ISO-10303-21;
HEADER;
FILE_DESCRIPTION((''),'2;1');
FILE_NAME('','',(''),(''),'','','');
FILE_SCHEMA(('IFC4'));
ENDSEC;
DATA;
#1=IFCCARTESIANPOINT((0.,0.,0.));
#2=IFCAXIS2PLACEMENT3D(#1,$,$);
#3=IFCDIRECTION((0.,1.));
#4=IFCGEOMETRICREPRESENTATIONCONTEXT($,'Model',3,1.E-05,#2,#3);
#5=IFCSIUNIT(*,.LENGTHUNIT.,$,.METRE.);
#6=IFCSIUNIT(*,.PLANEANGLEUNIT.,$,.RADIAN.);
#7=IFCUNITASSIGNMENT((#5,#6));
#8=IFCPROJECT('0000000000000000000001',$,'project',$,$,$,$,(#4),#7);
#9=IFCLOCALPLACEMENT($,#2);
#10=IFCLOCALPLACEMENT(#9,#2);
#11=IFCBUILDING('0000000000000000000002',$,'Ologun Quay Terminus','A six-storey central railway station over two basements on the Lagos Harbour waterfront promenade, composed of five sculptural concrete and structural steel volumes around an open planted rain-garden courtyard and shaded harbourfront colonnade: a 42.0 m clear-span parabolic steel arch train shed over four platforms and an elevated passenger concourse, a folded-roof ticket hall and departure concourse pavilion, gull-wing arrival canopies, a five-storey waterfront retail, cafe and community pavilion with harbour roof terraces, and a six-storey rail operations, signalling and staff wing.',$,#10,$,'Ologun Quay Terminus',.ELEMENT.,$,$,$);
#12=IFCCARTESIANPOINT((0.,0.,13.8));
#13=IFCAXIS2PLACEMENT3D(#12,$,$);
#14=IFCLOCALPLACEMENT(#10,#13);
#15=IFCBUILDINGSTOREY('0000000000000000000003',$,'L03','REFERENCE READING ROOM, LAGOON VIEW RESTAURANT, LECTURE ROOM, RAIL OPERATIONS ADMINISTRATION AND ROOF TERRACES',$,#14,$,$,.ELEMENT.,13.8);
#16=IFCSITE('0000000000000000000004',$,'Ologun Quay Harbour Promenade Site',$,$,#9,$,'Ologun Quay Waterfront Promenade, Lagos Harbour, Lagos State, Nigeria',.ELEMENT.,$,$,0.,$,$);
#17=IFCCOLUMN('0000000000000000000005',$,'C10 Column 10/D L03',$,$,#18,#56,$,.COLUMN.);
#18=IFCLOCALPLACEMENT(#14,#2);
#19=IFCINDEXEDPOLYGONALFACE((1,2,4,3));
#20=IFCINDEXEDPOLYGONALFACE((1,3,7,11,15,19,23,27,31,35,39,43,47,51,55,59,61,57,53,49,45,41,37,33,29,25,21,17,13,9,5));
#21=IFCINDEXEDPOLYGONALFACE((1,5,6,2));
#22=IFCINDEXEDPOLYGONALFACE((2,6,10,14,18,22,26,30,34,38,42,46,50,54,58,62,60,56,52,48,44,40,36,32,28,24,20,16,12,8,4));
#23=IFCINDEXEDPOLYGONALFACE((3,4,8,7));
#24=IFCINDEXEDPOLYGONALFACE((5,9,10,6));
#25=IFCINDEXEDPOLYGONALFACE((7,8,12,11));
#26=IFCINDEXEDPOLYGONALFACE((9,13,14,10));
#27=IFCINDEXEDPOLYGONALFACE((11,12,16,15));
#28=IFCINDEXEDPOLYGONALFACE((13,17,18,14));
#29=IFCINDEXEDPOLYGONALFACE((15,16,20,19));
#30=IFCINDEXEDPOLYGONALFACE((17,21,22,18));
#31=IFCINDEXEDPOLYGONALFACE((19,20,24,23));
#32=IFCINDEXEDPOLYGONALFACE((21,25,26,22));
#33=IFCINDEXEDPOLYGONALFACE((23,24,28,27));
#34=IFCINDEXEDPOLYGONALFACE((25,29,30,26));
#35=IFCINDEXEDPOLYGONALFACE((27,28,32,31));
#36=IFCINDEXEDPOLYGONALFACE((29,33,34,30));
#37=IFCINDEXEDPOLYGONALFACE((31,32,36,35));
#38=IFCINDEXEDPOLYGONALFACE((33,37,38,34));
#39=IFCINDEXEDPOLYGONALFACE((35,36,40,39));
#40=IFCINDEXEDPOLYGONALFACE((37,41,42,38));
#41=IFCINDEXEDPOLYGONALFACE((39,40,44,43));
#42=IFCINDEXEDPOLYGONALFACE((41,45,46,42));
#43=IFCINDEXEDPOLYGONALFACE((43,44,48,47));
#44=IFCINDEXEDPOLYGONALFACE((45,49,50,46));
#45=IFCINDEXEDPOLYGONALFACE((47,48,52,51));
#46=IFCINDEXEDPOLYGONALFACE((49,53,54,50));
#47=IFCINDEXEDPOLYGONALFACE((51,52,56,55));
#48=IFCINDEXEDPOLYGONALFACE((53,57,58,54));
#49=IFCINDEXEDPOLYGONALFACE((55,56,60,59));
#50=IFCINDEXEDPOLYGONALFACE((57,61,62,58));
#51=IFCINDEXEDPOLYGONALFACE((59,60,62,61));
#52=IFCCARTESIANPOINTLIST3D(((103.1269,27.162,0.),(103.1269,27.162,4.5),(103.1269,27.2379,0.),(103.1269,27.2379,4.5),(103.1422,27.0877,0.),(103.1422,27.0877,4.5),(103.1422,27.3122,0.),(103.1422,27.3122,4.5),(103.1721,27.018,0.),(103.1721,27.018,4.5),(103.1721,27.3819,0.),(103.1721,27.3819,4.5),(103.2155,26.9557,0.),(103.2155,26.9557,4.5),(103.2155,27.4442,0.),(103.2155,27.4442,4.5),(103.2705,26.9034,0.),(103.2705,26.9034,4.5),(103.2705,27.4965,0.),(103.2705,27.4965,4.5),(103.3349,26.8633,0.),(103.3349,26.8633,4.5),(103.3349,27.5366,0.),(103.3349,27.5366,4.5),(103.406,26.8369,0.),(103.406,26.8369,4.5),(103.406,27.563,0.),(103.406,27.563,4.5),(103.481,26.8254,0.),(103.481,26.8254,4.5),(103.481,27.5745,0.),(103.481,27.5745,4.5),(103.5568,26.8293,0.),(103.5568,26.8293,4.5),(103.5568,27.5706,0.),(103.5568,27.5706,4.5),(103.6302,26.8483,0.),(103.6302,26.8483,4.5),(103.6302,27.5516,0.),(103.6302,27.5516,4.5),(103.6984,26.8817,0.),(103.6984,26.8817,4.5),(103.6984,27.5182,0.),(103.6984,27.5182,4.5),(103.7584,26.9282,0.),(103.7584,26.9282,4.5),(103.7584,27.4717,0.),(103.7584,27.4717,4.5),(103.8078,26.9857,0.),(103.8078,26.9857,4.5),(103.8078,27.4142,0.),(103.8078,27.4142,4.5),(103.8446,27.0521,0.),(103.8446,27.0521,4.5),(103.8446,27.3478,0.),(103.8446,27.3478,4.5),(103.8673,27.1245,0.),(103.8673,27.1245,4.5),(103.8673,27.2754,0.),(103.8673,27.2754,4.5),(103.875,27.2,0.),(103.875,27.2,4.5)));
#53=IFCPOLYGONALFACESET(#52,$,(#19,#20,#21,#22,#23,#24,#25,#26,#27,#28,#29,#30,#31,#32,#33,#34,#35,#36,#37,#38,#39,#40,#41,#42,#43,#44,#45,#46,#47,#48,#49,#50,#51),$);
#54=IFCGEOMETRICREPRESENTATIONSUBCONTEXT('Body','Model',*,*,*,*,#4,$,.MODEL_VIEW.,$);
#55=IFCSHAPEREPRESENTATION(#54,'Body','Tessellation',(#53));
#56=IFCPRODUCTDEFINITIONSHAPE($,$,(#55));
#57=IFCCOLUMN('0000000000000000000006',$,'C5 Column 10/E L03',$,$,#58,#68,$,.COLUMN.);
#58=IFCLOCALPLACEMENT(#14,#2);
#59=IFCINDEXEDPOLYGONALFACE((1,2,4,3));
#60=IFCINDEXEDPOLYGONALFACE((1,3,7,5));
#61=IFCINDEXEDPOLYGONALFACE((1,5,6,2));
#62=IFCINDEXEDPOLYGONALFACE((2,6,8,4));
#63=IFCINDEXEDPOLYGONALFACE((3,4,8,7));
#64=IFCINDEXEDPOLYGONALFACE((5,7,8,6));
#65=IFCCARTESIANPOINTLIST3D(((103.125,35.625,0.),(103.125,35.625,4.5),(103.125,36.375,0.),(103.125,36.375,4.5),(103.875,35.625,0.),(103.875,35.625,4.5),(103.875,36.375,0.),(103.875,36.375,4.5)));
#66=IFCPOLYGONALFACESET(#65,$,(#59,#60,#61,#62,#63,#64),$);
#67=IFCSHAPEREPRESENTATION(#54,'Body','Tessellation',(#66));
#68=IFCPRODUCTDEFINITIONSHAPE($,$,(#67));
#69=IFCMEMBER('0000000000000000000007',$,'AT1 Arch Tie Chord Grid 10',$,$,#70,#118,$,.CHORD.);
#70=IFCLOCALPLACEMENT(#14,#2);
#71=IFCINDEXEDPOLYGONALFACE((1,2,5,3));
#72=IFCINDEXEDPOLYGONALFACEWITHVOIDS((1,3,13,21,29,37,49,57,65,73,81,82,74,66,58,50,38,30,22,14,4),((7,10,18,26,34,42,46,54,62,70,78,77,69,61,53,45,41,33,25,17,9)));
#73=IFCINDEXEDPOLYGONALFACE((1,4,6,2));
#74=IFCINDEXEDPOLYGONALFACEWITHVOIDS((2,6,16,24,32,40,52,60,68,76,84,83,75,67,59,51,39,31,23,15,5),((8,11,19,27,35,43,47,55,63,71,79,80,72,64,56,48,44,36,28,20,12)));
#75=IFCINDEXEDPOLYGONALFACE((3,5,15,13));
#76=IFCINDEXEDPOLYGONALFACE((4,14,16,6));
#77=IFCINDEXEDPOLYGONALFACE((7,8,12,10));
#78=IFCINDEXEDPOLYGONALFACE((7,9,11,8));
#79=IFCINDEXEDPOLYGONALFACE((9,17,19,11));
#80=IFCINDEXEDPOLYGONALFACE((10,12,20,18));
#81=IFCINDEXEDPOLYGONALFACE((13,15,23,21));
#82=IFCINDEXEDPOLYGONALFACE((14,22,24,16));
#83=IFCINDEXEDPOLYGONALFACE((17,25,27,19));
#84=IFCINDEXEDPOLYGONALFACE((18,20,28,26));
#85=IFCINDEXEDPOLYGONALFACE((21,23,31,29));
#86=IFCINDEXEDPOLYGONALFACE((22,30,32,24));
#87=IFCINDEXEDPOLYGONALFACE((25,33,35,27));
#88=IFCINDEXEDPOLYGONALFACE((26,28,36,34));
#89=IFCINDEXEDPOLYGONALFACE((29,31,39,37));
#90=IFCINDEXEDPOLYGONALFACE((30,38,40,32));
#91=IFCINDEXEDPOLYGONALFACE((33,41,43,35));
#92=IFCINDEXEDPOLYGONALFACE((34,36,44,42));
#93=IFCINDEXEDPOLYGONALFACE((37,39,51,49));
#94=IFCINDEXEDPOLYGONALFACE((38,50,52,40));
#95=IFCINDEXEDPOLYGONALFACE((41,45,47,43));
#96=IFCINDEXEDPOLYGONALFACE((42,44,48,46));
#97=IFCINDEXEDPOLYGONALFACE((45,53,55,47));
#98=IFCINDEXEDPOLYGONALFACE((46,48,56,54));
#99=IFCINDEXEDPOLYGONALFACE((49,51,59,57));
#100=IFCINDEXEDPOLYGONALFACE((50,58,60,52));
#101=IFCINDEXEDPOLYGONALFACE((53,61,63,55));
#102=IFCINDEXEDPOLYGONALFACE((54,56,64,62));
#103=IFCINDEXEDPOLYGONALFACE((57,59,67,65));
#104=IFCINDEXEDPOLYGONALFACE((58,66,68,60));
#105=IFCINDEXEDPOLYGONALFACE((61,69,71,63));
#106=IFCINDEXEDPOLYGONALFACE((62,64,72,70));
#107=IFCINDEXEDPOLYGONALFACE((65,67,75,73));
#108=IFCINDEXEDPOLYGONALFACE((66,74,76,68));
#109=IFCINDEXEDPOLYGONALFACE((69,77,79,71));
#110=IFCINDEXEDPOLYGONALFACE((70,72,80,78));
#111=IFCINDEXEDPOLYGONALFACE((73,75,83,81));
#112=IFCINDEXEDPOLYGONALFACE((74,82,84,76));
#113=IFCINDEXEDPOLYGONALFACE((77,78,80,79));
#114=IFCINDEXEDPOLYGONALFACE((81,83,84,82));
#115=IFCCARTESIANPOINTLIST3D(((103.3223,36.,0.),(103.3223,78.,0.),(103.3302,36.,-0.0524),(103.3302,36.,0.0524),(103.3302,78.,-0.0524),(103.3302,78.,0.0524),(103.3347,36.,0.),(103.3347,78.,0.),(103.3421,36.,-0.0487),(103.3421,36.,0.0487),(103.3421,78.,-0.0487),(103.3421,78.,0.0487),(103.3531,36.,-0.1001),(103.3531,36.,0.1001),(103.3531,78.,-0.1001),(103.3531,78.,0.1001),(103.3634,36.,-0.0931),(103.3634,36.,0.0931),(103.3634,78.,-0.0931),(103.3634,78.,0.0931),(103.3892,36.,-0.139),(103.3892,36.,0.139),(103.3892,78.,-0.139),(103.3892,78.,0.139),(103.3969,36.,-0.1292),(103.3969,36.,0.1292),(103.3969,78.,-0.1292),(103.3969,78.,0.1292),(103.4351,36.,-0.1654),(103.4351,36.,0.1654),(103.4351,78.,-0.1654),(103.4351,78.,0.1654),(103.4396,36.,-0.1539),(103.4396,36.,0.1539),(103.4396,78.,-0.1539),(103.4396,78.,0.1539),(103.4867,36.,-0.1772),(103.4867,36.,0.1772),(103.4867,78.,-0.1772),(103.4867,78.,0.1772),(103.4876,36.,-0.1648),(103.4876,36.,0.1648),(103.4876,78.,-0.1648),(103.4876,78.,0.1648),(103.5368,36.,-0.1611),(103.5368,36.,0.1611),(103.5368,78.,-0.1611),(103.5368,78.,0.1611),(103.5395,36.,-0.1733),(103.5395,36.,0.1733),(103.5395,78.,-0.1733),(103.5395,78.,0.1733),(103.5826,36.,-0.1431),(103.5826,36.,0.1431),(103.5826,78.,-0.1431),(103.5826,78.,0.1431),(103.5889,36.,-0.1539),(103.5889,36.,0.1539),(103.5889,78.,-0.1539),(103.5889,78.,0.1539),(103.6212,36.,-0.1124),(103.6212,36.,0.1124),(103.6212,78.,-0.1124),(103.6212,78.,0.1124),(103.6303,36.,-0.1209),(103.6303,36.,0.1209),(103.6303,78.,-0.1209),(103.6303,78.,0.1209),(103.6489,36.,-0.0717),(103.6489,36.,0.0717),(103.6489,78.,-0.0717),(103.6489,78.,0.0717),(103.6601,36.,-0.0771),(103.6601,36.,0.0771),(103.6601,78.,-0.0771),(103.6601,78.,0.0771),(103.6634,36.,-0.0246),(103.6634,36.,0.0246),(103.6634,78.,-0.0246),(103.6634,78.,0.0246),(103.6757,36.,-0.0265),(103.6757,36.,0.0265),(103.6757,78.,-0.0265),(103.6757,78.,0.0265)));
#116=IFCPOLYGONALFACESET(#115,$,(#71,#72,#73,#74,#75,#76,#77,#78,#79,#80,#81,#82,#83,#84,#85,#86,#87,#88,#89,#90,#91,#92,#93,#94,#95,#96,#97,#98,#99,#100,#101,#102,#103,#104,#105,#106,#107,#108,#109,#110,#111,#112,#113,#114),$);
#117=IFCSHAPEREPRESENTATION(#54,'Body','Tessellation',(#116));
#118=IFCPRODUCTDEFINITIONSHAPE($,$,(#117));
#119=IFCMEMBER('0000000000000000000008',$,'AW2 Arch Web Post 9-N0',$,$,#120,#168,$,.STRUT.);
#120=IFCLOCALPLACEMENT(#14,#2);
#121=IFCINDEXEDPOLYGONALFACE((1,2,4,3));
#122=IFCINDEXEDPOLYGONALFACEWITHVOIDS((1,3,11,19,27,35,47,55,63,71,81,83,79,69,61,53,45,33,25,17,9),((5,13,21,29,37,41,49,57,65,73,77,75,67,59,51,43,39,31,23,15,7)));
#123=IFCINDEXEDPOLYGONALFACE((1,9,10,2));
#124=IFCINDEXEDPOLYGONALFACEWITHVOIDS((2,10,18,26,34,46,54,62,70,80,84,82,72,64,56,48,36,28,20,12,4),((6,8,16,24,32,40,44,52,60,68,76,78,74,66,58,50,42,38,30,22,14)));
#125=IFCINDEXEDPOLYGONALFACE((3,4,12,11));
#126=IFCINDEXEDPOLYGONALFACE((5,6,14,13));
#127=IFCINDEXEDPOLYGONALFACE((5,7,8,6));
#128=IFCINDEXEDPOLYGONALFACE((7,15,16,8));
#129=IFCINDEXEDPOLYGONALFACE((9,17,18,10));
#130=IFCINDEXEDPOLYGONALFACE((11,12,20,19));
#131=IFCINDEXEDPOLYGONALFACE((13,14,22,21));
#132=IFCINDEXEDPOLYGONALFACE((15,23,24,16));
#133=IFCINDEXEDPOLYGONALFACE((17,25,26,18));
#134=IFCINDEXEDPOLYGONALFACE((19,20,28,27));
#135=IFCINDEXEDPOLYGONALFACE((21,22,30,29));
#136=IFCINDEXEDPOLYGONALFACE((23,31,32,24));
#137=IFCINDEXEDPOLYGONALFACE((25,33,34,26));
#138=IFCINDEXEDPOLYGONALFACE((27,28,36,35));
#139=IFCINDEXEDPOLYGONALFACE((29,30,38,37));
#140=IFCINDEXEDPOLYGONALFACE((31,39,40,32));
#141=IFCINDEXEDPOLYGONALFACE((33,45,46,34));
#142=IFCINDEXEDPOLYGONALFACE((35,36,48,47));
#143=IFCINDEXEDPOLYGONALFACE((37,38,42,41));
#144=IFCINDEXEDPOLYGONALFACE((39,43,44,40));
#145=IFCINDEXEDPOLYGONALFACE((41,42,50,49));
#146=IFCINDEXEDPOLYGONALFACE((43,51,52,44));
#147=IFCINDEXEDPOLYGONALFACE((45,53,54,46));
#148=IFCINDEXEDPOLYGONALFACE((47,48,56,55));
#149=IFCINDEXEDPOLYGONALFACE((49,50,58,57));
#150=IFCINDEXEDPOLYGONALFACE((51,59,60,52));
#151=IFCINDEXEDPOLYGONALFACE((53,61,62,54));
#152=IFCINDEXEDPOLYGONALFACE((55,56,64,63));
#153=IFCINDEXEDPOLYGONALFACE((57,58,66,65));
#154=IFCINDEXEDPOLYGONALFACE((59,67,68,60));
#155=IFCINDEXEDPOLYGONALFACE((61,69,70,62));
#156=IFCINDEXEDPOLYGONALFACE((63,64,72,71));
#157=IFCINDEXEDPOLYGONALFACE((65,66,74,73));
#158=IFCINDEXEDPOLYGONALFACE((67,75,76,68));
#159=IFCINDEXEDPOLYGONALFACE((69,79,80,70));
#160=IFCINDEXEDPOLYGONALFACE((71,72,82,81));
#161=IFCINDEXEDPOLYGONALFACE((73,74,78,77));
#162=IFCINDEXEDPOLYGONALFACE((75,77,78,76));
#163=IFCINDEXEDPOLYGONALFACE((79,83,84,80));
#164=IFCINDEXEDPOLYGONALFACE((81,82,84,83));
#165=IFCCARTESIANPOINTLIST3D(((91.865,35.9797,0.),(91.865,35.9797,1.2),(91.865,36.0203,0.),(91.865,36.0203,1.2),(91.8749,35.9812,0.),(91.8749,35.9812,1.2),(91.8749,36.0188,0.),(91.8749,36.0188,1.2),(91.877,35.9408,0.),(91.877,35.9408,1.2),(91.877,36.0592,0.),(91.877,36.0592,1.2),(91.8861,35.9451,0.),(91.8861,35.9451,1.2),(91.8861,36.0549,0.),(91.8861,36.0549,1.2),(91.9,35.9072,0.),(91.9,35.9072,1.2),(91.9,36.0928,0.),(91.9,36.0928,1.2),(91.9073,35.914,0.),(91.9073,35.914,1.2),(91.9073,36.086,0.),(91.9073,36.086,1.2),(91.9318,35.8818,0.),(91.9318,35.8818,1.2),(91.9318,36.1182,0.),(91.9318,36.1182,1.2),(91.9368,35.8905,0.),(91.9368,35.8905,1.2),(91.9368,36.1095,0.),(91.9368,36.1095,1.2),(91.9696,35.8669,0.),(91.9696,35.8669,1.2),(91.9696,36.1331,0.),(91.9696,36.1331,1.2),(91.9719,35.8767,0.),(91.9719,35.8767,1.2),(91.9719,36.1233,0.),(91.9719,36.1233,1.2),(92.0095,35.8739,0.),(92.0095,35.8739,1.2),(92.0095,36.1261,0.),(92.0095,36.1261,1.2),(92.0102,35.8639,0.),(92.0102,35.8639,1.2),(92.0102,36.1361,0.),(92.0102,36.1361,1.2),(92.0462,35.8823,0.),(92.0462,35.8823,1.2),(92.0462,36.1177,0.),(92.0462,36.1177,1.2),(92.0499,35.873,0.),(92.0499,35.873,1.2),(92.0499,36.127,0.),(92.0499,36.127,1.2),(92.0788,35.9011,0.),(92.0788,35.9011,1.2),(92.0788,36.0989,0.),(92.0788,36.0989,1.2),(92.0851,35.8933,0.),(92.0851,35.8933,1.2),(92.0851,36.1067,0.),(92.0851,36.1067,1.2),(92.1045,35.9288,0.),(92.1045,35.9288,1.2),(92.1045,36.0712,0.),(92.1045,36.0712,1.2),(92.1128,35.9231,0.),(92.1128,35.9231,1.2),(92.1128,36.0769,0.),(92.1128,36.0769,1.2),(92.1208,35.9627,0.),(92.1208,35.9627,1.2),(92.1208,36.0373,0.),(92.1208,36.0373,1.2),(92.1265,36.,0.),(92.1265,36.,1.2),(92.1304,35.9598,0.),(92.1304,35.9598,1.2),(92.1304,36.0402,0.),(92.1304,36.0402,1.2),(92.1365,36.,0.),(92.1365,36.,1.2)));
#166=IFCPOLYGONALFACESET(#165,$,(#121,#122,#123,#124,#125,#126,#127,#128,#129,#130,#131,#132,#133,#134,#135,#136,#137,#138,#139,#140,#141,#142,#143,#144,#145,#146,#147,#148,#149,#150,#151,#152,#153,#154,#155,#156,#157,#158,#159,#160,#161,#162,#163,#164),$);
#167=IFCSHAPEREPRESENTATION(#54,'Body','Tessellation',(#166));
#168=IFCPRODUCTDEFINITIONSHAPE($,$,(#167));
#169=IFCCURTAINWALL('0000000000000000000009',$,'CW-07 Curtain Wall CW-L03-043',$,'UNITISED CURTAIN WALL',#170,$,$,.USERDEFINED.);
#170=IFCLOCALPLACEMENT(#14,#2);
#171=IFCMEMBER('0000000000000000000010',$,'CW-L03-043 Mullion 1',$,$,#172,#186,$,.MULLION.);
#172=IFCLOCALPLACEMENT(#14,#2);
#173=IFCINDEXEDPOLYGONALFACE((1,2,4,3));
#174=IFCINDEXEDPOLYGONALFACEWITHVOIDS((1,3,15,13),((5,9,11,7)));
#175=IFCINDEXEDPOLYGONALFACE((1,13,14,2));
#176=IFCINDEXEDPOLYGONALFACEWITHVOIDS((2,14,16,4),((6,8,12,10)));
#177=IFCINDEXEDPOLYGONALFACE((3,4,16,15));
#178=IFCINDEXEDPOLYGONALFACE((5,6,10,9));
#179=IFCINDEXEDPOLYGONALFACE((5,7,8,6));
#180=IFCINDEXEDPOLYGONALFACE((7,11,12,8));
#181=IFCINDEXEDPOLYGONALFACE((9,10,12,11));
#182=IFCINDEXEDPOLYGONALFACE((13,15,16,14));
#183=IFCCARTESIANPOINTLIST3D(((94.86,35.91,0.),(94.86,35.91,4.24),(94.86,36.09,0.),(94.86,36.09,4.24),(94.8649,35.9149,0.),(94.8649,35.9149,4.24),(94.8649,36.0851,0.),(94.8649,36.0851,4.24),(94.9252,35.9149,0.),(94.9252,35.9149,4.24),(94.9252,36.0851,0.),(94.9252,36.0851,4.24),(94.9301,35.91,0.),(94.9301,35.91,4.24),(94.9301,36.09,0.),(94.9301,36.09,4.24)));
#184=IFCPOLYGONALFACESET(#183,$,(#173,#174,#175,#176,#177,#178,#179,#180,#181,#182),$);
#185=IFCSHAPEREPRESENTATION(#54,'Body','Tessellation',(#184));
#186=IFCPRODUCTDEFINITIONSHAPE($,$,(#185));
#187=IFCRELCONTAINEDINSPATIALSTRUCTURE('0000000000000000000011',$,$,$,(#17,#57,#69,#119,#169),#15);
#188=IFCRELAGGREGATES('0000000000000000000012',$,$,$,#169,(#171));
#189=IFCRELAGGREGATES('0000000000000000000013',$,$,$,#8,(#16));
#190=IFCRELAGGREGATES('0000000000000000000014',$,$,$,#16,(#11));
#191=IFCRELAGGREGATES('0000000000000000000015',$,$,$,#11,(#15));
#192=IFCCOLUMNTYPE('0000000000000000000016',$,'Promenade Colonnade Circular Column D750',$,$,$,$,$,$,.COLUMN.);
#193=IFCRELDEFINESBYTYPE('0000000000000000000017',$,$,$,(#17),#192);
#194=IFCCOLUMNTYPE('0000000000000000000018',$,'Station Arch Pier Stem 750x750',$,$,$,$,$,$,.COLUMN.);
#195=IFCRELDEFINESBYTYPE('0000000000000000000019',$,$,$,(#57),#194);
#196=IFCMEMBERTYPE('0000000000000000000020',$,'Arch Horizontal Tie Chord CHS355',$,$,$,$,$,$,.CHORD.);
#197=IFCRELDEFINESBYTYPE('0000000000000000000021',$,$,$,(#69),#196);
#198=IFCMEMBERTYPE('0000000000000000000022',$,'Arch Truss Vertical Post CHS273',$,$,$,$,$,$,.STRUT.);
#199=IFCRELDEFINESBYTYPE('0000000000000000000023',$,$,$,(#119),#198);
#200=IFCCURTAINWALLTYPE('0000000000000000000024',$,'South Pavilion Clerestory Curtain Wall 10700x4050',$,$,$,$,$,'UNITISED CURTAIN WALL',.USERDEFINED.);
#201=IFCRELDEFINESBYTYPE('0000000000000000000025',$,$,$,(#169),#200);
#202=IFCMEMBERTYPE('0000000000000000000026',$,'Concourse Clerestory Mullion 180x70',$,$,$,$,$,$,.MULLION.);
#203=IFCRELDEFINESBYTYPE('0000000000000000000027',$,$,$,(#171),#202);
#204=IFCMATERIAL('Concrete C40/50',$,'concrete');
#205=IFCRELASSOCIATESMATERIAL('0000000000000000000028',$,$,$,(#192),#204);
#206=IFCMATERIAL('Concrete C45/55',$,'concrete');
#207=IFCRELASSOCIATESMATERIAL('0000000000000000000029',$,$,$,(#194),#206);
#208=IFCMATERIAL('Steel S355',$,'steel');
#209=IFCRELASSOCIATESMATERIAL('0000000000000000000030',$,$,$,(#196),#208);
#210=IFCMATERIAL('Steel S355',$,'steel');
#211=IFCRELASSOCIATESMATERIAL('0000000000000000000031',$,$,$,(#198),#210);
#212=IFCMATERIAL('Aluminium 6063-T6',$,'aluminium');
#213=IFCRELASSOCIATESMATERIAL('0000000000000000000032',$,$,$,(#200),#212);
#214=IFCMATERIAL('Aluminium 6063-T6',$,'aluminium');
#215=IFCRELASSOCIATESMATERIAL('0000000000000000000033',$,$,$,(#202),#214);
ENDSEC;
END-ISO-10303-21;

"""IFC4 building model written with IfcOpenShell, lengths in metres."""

from ifc_helpers import new_model, si_unit, direction, frame, origin, origin_2d, place, context, subcontext, project, spatial, rectangle, hollow_rectangle, circle, hollow_circle, extrude, material, material_profile, profile_set, type_object, element, aggregate, save


model = new_model("IFC4")

# Units and contexts
model_context = context("Model", 3, precision=1e-05, world=origin(), true_north=direction((0.0, 1.0)))
body_context = subcontext(model_context, "Body", "Model", "MODEL_VIEW")
ifc_project = project(units=[si_unit("LENGTHUNIT", "METRE"), si_unit("PLANEANGLEUNIT", "RADIAN")], contexts=[model_context])

# Site, building, storey
site_placement = place(None, origin())
site = spatial("IfcSite", under=ifc_project, at=site_placement, Name="Ologun Quay Harbour Promenade Site", LongName="Ologun Quay Waterfront Promenade, Lagos Harbour, Lagos State, Nigeria", CompositionType="ELEMENT", RefElevation=0.0)
building_placement = place(site_placement, origin())
building = spatial("IfcBuilding", under=site, at=building_placement, Name="Ologun Quay Terminus", Description="A six-storey central railway station over two basements on the Lagos Harbour waterfront promenade, composed of five sculptural concrete and structural steel volumes around an open planted rain-garden courtyard and shaded harbourfront colonnade: a 42.0 m clear-span parabolic steel arch train shed over four platforms and an elevated passenger concourse, a folded-roof ticket hall and departure concourse pavilion, gull-wing arrival canopies, a five-storey waterfront retail, cafe and community pavilion with harbour roof terraces, and a six-storey rail operations, signalling and staff wing.", LongName="Ologun Quay Terminus", CompositionType="ELEMENT")
storey_placement = place(building_placement, frame((0.0, 0.0, 13.8)))
storey = spatial("IfcBuildingStorey", under=building, at=storey_placement, Name="L03", Description="REFERENCE READING ROOM, LAGOON VIEW RESTAURANT, LECTURE ROOM, RAIL OPERATIONS ADMINISTRATION AND ROOF TERRACES", CompositionType="ELEMENT", Elevation=13.8)

# Columns
ifc_material_1 = material(Name="Concrete C40/50", Category="concrete")
ifc_material_profile_1 = material_profile(ifc_material_1, circle(Radius=0.375, at=origin_2d()), Name="RC D750")
ifc_profile_set_1 = profile_set([ifc_material_profile_1], Name="Concrete C40/50")
column_type_1 = type_object("IfcColumnType", Name="Promenade Colonnade Circular Column D750", PredefinedType="COLUMN", material=ifc_profile_set_1)
column_1_placement = place(storey_placement, frame((103.5, 27.2, 0.0), z_axis=(0.0, 0.0, 1.0), x_axis=(1.0, 0.0, 0.0)))
element("IfcColumn", 1, at=column_1_placement, inside=storey, type_object=column_type_1, Name="C10 Column 10/D L03", PredefinedType="COLUMN", context=body_context, shape_type="SweptSolid", body=[
    extrude(circle(Radius=0.375, at=origin_2d()), origin(), (0.0, 0.0, 1.0), 4.5),
])
ifc_material_2 = material(Name="Concrete C45/55", Category="concrete")
ifc_material_profile_2 = material_profile(ifc_material_2, rectangle(XDim=0.75, YDim=0.75, at=origin_2d()), Name="RC 750x750")
ifc_profile_set_2 = profile_set([ifc_material_profile_2], Name="Concrete C45/55")
column_type_2 = type_object("IfcColumnType", Name="Station Arch Pier Stem 750x750", PredefinedType="COLUMN", material=ifc_profile_set_2)
column_2_placement = place(storey_placement, frame((103.5, 36.0, 0.0), z_axis=(0.0, 0.0, 1.0), x_axis=(1.0, 0.0, 0.0)))
element("IfcColumn", 2, at=column_2_placement, inside=storey, type_object=column_type_2, Name="C5 Column 10/E L03", PredefinedType="COLUMN", context=body_context, shape_type="SweptSolid", body=[
    extrude(rectangle(XDim=0.75, YDim=0.75, at=origin_2d()), origin(), (0.0, 0.0, 1.0), 4.5),
])

# Members
ifc_material_3 = material(Name="Steel S355", Category="steel")
ifc_material_profile_3 = material_profile(ifc_material_3, hollow_circle(Radius=0.1777, WallThickness=0.0125, at=origin_2d()), Name="CHS 355.6x12.5")
ifc_profile_set_3 = profile_set([ifc_material_profile_3], Name="Steel S355")
member_type_1 = type_object("IfcMemberType", Name="Arch Horizontal Tie Chord CHS355", PredefinedType="CHORD", material=ifc_profile_set_3)
member_1_placement = place(storey_placement, frame((103.5, 36.0, 0.0), z_axis=(0.0, 1.0, 0.0), x_axis=(-1.0, 0.0, 0.0)))
element("IfcMember", 3, at=member_1_placement, inside=storey, type_object=member_type_1, Name="AT1 Arch Tie Chord Grid 10", PredefinedType="CHORD", context=body_context, shape_type="SweptSolid", body=[
    extrude(hollow_circle(Radius=0.1777, WallThickness=0.0125, at=origin_2d()), origin(), (0.0, 0.0, 1.0), 42.0),
])
ifc_material_4 = material(Name="Steel S355", Category="steel")
ifc_material_profile_4 = material_profile(ifc_material_4, hollow_circle(Radius=0.1365, WallThickness=0.01, at=origin_2d()), Name="CHS 273x10")
ifc_profile_set_4 = profile_set([ifc_material_profile_4], Name="Steel S355")
member_type_2 = type_object("IfcMemberType", Name="Arch Truss Vertical Post CHS273", PredefinedType="STRUT", material=ifc_profile_set_4)
member_2_placement = place(storey_placement, frame((92.0, 36.0, 0.0), z_axis=(0.0, 0.0, 1.0), x_axis=(1.0, 0.0, 0.0)))
element("IfcMember", 4, at=member_2_placement, inside=storey, type_object=member_type_2, Name="AW2 Arch Web Post 9-N0", PredefinedType="STRUT", context=body_context, shape_type="SweptSolid", body=[
    extrude(hollow_circle(Radius=0.1365, WallThickness=0.01, at=origin_2d()), origin(), (0.0, 0.0, 1.0), 1.2),
])

# Curtain wall, member
ifc_material_5 = material(Name="Aluminium 6063-T6", Category="aluminium")
curtain_wall_type = type_object("IfcCurtainWallType", Name="South Pavilion Clerestory Curtain Wall 10700x4050", ElementType="UNITISED CURTAIN WALL", PredefinedType="USERDEFINED", material=ifc_material_5)
curtain_wall_placement = place(storey_placement, origin())
curtain_wall = element("IfcCurtainWall", 5, at=curtain_wall_placement, inside=storey, type_object=curtain_wall_type, Name="CW-07 Curtain Wall CW-L03-043", ObjectType="UNITISED CURTAIN WALL", PredefinedType="USERDEFINED")
ifc_material_6 = material(Name="Aluminium 6063-T6", Category="aluminium")
ifc_material_profile_5 = material_profile(ifc_material_6, hollow_rectangle(XDim=0.0701, YDim=0.1799, WallThickness=0.0049, at=origin_2d()), Name="ALU 180x70x5")
ifc_profile_set_5 = profile_set([ifc_material_profile_5], Name="Aluminium 6063-T6")
member_type_3 = type_object("IfcMemberType", Name="Concourse Clerestory Mullion 180x70", PredefinedType="MULLION", material=ifc_profile_set_5)
member_3_placement = place(storey_placement, frame((94.895, 36.0, 0.0), z_axis=(0.0, 0.0, 1.0), x_axis=(1.0, 0.0, 0.0)))
member_3 = element("IfcMember", 6, at=member_3_placement, type_object=member_type_3, Name="CW-L03-043 Mullion 1", PredefinedType="MULLION", context=body_context, shape_type="SweptSolid", body=[
    extrude(hollow_rectangle(XDim=0.0701, YDim=0.1799, WallThickness=0.0049, at=origin_2d()), origin(), (0.0, 0.0, 1.0), 4.24),
])

aggregate(curtain_wall, [member_3])

save(model, "model.ifc")
